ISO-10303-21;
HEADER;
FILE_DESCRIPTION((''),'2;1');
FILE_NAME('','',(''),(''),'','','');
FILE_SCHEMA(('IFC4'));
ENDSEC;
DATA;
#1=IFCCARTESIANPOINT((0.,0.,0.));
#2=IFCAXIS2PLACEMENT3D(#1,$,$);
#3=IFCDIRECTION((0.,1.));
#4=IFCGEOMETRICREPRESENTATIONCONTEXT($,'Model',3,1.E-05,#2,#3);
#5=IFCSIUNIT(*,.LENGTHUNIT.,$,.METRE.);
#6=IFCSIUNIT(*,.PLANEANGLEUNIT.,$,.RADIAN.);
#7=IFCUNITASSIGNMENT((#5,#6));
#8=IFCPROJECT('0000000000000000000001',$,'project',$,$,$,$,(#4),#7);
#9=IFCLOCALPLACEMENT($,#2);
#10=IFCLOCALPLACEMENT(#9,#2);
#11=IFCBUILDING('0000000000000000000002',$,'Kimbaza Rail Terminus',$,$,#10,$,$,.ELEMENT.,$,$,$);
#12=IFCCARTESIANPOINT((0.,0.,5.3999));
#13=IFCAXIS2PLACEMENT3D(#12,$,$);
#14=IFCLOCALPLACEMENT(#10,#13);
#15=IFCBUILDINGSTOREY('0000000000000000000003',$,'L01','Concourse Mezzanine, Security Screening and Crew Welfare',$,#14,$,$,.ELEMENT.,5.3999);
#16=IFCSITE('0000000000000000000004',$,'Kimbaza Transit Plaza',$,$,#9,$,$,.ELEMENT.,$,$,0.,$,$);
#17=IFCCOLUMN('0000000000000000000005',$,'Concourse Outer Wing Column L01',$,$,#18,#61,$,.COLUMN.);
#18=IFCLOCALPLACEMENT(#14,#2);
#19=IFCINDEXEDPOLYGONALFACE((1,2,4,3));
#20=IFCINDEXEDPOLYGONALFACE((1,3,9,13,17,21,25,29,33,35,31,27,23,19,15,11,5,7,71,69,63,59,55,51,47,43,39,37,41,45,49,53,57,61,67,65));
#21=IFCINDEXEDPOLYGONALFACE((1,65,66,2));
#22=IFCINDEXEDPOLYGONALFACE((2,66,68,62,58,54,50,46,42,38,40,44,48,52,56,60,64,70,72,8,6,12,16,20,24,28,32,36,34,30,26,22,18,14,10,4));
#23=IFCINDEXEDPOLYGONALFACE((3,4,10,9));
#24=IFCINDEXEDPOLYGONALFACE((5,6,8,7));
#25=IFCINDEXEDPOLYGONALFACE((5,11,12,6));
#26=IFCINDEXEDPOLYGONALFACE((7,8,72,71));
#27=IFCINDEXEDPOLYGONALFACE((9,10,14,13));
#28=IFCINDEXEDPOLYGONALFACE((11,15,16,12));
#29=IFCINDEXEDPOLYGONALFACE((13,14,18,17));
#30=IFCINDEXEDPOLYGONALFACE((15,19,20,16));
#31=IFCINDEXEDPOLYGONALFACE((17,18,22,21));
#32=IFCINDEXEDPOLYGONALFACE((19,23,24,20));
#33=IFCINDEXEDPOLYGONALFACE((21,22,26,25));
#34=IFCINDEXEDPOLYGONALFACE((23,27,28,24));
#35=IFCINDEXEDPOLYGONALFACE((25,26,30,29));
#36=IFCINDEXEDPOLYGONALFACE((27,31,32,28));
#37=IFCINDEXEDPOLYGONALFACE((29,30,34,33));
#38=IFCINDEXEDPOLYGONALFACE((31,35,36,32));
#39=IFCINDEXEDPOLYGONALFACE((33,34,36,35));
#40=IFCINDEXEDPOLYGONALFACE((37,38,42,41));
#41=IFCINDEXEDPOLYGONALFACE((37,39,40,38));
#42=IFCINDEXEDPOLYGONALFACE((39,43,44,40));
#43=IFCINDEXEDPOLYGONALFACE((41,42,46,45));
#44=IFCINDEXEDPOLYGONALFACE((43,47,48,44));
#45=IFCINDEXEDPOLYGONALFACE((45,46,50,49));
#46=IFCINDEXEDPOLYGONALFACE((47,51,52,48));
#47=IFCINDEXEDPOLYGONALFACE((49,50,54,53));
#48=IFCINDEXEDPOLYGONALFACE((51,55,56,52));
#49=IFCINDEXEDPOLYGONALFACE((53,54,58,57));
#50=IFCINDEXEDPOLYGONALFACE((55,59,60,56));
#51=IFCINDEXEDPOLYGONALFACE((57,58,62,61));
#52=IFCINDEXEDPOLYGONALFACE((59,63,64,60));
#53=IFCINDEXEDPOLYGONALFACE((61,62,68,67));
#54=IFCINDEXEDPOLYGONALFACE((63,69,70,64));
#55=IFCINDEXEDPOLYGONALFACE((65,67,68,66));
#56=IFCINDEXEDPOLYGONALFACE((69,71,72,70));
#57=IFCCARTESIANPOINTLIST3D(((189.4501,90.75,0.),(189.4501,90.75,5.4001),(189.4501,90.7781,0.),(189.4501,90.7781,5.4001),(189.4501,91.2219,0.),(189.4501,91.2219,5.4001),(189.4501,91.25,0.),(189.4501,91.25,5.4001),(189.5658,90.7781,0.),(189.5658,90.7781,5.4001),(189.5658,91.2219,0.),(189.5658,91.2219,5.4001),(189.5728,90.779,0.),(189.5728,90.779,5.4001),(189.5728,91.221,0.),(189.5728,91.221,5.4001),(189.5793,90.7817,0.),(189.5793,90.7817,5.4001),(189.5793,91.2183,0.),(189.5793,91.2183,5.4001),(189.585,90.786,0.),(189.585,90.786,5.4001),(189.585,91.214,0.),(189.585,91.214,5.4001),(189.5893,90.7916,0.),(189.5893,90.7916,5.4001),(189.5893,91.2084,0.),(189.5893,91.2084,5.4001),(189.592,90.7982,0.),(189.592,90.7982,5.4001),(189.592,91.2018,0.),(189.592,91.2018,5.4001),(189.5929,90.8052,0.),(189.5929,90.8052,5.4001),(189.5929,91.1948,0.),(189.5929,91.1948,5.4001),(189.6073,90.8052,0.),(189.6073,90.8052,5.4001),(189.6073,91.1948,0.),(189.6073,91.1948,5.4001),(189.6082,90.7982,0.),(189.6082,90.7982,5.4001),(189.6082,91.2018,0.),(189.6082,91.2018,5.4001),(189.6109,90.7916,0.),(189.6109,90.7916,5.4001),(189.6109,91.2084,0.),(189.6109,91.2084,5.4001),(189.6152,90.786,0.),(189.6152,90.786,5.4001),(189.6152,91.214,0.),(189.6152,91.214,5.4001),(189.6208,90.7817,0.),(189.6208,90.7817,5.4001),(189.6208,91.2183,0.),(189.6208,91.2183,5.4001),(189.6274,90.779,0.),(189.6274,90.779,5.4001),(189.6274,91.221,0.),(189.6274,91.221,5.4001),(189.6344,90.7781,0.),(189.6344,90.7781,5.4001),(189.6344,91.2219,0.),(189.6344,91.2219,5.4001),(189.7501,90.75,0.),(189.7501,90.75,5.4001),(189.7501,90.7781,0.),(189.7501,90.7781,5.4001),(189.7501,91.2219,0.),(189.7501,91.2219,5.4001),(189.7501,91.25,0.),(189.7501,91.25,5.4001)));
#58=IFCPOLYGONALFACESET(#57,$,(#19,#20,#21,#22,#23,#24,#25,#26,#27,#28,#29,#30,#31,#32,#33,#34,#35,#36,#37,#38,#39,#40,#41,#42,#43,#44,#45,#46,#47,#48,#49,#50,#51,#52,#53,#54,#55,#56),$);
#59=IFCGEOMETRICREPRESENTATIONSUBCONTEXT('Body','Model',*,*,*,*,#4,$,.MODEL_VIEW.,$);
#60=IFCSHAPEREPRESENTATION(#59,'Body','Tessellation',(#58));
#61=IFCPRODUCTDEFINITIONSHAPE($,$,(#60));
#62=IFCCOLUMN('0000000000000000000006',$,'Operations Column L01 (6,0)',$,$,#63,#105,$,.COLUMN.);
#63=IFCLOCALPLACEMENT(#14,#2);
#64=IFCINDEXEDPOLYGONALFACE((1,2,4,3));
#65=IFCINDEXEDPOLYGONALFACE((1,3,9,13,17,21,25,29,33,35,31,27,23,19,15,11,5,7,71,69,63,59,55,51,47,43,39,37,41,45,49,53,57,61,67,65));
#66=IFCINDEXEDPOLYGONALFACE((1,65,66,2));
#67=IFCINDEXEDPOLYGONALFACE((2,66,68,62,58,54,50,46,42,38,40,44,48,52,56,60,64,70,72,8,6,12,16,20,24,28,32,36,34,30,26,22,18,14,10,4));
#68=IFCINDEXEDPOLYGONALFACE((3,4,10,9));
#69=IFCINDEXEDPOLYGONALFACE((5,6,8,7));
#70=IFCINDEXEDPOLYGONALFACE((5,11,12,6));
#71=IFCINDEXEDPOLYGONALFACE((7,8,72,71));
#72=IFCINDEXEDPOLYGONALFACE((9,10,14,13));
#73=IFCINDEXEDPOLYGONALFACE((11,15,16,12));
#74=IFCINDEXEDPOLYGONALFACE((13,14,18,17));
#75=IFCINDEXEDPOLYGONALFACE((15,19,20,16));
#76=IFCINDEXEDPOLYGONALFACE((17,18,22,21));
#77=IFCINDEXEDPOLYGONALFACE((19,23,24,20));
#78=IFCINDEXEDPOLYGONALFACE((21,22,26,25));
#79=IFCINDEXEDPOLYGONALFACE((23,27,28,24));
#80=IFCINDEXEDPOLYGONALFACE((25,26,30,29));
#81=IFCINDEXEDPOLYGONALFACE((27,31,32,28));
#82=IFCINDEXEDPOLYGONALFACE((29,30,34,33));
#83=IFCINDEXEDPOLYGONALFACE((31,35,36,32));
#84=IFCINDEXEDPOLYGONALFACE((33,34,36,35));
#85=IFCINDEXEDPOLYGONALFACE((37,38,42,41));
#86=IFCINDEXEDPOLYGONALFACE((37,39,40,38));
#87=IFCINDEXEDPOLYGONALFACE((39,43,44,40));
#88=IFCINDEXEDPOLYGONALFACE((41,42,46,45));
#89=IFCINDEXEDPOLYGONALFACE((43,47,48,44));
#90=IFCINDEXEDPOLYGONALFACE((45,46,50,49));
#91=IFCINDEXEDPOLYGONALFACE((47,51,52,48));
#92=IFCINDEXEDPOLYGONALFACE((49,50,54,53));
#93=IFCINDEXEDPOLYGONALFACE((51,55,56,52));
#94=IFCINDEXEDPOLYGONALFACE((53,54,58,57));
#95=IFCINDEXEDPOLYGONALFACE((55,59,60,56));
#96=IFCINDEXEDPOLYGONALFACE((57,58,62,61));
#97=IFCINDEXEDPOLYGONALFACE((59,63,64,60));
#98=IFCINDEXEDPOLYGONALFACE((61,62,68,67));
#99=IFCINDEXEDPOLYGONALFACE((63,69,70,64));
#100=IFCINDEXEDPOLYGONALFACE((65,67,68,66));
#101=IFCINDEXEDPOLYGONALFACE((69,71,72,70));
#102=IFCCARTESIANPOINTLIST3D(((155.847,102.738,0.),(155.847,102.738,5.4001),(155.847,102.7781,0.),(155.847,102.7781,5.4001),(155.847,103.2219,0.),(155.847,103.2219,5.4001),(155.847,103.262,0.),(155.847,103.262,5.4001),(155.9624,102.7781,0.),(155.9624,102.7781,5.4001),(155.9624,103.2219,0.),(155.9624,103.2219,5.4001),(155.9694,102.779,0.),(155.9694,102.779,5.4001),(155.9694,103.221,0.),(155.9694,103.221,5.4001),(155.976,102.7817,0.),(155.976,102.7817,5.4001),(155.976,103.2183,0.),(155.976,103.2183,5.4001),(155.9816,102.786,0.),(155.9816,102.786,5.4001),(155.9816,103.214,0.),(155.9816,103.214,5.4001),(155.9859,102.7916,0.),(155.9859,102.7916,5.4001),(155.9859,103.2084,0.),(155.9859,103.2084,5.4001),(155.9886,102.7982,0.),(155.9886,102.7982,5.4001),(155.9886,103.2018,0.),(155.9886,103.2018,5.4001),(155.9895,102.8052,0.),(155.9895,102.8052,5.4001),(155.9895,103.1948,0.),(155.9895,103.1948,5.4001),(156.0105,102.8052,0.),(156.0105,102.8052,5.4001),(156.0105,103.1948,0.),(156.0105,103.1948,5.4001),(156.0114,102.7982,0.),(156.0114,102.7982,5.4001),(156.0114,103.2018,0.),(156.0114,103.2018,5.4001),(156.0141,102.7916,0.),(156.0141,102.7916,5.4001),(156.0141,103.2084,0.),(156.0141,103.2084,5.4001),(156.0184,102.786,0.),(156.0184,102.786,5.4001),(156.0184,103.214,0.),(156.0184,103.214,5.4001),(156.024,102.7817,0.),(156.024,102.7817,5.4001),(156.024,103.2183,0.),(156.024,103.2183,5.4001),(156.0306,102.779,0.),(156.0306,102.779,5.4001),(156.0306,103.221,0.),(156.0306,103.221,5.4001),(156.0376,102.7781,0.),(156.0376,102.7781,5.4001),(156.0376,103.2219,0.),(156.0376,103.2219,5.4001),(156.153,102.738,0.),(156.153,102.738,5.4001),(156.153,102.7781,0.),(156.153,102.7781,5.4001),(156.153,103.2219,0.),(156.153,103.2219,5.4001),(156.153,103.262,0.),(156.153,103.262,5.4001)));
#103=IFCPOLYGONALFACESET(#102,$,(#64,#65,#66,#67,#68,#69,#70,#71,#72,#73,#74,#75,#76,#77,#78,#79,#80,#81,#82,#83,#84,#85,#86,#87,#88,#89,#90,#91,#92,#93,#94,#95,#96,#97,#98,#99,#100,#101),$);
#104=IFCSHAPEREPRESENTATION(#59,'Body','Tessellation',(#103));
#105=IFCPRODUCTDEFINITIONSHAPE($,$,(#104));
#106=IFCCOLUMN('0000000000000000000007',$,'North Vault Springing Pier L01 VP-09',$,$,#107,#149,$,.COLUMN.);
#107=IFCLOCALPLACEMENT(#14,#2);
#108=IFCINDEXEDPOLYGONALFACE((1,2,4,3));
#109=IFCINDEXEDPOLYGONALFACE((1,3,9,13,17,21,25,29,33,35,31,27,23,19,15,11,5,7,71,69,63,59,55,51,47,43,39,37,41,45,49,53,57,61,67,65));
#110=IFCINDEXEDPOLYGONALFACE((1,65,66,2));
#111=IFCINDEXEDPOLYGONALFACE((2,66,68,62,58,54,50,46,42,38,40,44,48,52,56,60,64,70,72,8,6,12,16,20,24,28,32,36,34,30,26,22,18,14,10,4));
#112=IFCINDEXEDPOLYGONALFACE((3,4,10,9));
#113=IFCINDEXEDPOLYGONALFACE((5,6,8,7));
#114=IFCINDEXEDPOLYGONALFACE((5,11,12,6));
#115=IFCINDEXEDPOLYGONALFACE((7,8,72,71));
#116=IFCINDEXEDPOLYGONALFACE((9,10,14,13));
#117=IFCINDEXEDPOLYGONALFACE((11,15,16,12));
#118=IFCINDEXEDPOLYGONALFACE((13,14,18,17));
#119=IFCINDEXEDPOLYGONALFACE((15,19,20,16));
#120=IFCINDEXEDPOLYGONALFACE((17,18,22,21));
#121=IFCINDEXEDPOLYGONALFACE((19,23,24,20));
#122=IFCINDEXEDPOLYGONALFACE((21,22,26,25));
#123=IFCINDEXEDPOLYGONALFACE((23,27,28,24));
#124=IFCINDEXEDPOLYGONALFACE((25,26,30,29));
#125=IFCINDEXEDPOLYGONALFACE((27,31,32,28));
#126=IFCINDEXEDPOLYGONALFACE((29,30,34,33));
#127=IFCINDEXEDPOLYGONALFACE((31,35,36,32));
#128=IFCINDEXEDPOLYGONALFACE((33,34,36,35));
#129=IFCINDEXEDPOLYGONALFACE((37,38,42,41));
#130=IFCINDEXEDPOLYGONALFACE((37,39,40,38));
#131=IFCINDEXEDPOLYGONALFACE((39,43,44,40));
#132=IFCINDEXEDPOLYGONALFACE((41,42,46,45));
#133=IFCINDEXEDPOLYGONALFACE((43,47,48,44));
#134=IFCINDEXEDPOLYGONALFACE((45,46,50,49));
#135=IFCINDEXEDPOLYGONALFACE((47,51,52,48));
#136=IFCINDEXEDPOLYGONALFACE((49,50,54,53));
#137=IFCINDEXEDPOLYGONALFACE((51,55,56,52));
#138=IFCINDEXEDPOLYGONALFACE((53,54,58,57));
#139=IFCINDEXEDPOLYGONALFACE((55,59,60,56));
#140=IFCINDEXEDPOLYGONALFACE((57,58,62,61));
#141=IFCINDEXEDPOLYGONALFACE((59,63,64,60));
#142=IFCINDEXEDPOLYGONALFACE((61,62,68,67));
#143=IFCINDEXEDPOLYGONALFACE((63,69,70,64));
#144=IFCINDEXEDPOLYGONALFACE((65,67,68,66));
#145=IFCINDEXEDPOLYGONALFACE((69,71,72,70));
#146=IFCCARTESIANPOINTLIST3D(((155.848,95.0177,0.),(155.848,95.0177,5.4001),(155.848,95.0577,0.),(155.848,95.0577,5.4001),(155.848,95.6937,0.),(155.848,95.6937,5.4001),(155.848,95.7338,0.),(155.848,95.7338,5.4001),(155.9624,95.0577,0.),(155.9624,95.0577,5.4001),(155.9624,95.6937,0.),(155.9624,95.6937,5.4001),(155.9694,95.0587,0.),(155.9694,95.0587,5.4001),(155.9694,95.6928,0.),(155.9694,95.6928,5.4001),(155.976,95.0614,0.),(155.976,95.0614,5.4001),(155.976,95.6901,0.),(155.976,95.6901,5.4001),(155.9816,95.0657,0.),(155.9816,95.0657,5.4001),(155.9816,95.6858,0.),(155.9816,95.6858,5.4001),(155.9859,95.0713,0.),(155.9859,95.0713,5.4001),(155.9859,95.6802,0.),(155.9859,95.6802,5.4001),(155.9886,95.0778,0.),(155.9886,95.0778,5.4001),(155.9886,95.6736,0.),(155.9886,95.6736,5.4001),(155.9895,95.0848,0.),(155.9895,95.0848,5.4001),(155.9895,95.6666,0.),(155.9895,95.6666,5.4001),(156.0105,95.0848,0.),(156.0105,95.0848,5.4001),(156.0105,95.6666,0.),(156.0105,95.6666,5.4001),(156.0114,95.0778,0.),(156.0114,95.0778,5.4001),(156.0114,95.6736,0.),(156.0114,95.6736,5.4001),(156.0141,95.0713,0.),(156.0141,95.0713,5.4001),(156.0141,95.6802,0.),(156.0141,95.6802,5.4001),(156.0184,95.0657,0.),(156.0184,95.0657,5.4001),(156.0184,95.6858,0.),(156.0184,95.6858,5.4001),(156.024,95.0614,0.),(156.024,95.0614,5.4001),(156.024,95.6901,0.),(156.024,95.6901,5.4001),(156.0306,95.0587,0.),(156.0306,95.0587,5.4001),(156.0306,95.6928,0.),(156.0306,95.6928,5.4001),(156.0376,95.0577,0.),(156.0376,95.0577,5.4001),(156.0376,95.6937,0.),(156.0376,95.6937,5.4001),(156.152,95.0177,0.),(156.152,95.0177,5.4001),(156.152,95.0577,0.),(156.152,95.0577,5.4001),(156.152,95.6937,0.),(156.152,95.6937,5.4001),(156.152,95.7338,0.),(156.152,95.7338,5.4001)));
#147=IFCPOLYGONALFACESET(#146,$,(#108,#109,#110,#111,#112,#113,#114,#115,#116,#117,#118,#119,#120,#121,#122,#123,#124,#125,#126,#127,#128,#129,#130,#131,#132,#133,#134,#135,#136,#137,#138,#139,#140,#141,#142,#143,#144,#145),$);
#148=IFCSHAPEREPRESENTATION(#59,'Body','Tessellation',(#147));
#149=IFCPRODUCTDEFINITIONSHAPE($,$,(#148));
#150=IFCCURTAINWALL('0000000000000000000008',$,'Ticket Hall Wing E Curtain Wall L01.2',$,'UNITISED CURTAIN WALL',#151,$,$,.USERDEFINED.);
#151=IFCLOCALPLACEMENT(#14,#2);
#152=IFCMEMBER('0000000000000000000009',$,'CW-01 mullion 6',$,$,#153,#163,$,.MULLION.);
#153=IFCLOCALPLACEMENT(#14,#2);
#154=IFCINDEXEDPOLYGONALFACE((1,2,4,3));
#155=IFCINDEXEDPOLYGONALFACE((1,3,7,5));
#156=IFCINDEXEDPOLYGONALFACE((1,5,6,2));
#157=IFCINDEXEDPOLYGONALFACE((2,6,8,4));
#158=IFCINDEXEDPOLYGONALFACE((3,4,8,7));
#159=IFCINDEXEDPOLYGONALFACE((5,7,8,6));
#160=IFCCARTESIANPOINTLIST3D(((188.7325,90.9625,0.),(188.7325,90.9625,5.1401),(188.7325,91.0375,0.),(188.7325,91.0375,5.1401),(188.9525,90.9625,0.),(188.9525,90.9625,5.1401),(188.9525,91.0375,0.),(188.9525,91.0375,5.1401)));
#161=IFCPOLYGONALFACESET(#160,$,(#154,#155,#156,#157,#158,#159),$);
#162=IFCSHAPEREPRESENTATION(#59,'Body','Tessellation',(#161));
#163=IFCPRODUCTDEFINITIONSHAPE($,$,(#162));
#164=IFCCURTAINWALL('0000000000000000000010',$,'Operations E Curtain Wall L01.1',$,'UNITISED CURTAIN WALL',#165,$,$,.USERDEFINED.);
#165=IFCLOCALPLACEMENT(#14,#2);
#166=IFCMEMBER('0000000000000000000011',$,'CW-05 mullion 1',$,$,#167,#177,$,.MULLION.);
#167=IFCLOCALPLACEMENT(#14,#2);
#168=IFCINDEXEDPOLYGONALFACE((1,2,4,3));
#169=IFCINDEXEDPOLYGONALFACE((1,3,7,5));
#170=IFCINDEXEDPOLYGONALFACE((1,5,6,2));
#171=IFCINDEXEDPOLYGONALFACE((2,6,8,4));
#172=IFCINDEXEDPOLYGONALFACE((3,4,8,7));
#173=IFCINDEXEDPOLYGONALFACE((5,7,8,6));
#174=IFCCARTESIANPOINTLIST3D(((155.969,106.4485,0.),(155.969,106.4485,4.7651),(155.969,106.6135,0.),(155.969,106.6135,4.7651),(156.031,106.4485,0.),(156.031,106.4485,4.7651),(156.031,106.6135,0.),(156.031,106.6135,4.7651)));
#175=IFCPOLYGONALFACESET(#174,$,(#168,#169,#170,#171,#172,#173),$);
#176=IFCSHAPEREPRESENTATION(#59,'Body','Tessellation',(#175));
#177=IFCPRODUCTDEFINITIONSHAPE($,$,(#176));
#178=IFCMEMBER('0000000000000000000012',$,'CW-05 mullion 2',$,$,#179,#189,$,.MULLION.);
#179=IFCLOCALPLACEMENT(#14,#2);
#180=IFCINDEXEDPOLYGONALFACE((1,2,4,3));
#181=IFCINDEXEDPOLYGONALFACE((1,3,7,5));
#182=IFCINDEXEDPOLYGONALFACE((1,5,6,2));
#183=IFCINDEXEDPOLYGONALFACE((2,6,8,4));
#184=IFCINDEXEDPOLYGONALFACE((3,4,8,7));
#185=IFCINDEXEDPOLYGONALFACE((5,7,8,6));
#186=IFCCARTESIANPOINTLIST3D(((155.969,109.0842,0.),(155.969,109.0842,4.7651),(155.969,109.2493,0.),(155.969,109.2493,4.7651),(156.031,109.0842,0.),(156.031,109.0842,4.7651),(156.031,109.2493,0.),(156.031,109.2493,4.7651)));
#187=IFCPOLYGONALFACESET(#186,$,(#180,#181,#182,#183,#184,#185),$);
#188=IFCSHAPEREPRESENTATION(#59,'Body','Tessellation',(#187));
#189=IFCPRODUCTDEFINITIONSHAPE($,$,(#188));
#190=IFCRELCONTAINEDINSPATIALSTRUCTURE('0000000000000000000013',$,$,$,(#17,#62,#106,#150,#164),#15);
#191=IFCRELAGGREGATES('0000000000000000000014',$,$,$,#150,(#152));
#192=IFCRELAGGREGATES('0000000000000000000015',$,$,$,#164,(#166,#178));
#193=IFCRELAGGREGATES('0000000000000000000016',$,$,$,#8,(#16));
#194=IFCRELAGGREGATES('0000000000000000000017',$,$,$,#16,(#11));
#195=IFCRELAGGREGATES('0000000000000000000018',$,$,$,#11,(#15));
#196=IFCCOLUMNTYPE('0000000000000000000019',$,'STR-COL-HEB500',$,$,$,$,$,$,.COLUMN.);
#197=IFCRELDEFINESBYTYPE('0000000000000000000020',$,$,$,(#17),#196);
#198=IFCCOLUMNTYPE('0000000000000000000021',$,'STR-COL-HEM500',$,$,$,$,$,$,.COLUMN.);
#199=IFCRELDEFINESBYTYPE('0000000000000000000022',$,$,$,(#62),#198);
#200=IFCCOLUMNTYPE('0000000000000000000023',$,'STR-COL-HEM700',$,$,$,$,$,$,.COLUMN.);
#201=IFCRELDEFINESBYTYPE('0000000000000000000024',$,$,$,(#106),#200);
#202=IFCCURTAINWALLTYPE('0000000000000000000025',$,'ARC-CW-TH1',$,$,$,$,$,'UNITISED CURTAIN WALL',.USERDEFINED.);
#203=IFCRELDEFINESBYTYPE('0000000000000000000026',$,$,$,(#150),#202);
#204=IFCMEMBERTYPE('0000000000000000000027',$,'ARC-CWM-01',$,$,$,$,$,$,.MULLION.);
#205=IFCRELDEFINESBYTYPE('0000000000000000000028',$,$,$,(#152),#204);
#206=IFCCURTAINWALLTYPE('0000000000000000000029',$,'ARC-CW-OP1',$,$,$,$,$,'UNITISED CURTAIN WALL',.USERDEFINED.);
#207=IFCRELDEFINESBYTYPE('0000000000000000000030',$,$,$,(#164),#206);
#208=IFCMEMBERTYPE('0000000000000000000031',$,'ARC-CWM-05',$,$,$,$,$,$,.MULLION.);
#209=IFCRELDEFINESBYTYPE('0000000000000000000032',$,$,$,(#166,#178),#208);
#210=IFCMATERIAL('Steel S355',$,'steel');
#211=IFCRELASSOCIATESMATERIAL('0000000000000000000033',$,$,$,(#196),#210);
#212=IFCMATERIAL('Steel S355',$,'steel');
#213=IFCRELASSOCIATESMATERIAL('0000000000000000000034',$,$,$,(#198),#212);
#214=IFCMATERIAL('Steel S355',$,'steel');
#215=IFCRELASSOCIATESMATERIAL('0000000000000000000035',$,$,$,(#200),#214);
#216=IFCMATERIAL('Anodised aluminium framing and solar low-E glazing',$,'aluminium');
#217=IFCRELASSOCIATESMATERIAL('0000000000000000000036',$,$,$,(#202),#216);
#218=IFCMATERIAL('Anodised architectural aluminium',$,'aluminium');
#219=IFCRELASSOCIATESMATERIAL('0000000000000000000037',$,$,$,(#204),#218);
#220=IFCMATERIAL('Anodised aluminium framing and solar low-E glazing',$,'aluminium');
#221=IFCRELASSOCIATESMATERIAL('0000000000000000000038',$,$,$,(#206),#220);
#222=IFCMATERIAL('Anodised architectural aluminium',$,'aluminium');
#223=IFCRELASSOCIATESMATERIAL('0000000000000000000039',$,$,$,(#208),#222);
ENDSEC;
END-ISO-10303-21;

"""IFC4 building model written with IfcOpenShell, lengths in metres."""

from ifc_helpers import new_model, si_unit, direction, frame, origin, origin_2d, place, context, subcontext, project, spatial, rectangle, i_section, extrude, material, material_profile, profile_set, type_object, element, aggregate, save


model = new_model("IFC4")

# Units and contexts
model_context = context("Model", 3, precision=1e-05, world=origin(), true_north=direction((0.0, 1.0)))
body_context = subcontext(model_context, "Body", "Model", "MODEL_VIEW")
ifc_project = project(units=[si_unit("LENGTHUNIT", "METRE"), si_unit("PLANEANGLEUNIT", "RADIAN")], contexts=[model_context])

# Site, building, storey
site_placement = place(None, origin())
site = spatial("IfcSite", under=ifc_project, at=site_placement, Name="Kimbaza Transit Plaza", CompositionType="ELEMENT", RefElevation=0.0)
building_placement = place(site_placement, origin())
building = spatial("IfcBuilding", under=site, at=building_placement, Name="Kimbaza Rail Terminus", CompositionType="ELEMENT")
storey_placement = place(building_placement, frame((0.0, 0.0, 5.3999)))
storey = spatial("IfcBuildingStorey", under=building, at=storey_placement, Name="L01", Description="Concourse Mezzanine, Security Screening and Crew Welfare", CompositionType="ELEMENT", Elevation=5.3999)

# Columns
ifc_material_1 = material(Name="Steel S355", Category="steel")
ifc_material_profile_1 = material_profile(ifc_material_1, i_section(OverallWidth=0.3, OverallDepth=0.5, WebThickness=0.0144, FlangeThickness=0.0281, FilletRadius=0.0271, at=origin_2d()), Name="HEB 500")
ifc_profile_set_1 = profile_set([ifc_material_profile_1], Name="Steel S355")
column_type_1 = type_object("IfcColumnType", Name="STR-COL-HEB500", PredefinedType="COLUMN", material=ifc_profile_set_1)
column_1_placement = place(storey_placement, frame((189.6001, 91.0, 0.0), z_axis=(0.0, 0.0, 1.0), x_axis=(1.0, 0.0, 0.0)))
element("IfcColumn", 1, at=column_1_placement, inside=storey, type_object=column_type_1, Name="Concourse Outer Wing Column L01", PredefinedType="COLUMN", context=body_context, shape_type="SweptSolid", body=[
    extrude(i_section(OverallWidth=0.3, OverallDepth=0.5, WebThickness=0.0144, FlangeThickness=0.0281, FilletRadius=0.0271, at=origin_2d()), origin(), (0.0, 0.0, 1.0), 5.4001),
])
ifc_material_2 = material(Name="Steel S355", Category="steel")
ifc_material_profile_2 = material_profile(ifc_material_2, i_section(OverallWidth=0.3059, OverallDepth=0.5239, WebThickness=0.021, FlangeThickness=0.04, FilletRadius=0.0271, at=origin_2d()), Name="HEM 500")
ifc_profile_set_2 = profile_set([ifc_material_profile_2], Name="Steel S355")
column_type_2 = type_object("IfcColumnType", Name="STR-COL-HEM500", PredefinedType="COLUMN", material=ifc_profile_set_2)
column_2_placement = place(storey_placement, frame((156.0, 103.0, 0.0), z_axis=(0.0, 0.0, 1.0), x_axis=(1.0, 0.0, 0.0)))
element("IfcColumn", 2, at=column_2_placement, inside=storey, type_object=column_type_2, Name="Operations Column L01 (6,0)", PredefinedType="COLUMN", context=body_context, shape_type="SweptSolid", body=[
    extrude(i_section(OverallWidth=0.3059, OverallDepth=0.5239, WebThickness=0.021, FlangeThickness=0.04, FilletRadius=0.0271, at=origin_2d()), origin(), (0.0, 0.0, 1.0), 5.4001),
])
ifc_material_3 = material(Name="Steel S355", Category="steel")
ifc_material_profile_3 = material_profile(ifc_material_3, i_section(OverallWidth=0.304, OverallDepth=0.7161, WebThickness=0.021, FlangeThickness=0.04, FilletRadius=0.0271, at=origin_2d()), Name="HEM 700")
ifc_profile_set_3 = profile_set([ifc_material_profile_3], Name="Steel S355")
column_type_3 = type_object("IfcColumnType", Name="STR-COL-HEM700", PredefinedType="COLUMN", material=ifc_profile_set_3)
column_3_placement = place(storey_placement, frame((156.0, 95.3757, 0.0), z_axis=(0.0, 0.0, 1.0), x_axis=(1.0, 0.0, 0.0)))
element("IfcColumn", 3, at=column_3_placement, inside=storey, type_object=column_type_3, Name="North Vault Springing Pier L01 VP-09", PredefinedType="COLUMN", context=body_context, shape_type="SweptSolid", body=[
    extrude(i_section(OverallWidth=0.304, OverallDepth=0.7161, WebThickness=0.021, FlangeThickness=0.04, FilletRadius=0.0271, at=origin_2d()), origin(), (0.0, 0.0, 1.0), 5.4001),
])

# Curtain wall, member
ifc_material_4 = material(Name="Anodised aluminium framing and solar low-E glazing", Category="aluminium")
curtain_wall_type_1 = type_object("IfcCurtainWallType", Name="ARC-CW-TH1", ElementType="UNITISED CURTAIN WALL", PredefinedType="USERDEFINED", material=ifc_material_4)
curtain_wall_1_placement = place(storey_placement, origin())
curtain_wall_1 = element("IfcCurtainWall", 4, at=curtain_wall_1_placement, inside=storey, type_object=curtain_wall_type_1, Name="Ticket Hall Wing E Curtain Wall L01.2", ObjectType="UNITISED CURTAIN WALL", PredefinedType="USERDEFINED")
ifc_material_5 = material(Name="Anodised architectural aluminium", Category="aluminium")
ifc_material_profile_4 = material_profile(ifc_material_5, rectangle(XDim=0.075, YDim=0.22, at=origin_2d()), Name="MULLION 75x220")
ifc_profile_set_4 = profile_set([ifc_material_profile_4], Name="Anodised architectural aluminium")
member_type_1 = type_object("IfcMemberType", Name="ARC-CWM-01", PredefinedType="MULLION", material=ifc_profile_set_4)
member_1_placement = place(storey_placement, frame((188.8425, 91.0, 0.0), z_axis=(0.0, 0.0, 1.0), x_axis=(0.0, 1.0, 0.0)))
member_1 = element("IfcMember", 5, at=member_1_placement, type_object=member_type_1, Name="CW-01 mullion 6", PredefinedType="MULLION", context=body_context, shape_type="SweptSolid", body=[
    extrude(rectangle(XDim=0.075, YDim=0.22, at=origin_2d()), origin(), (0.0, 0.0, 1.0), 5.1401),
])

# Curtain wall, members
ifc_material_6 = material(Name="Anodised aluminium framing and solar low-E glazing", Category="aluminium")
curtain_wall_type_2 = type_object("IfcCurtainWallType", Name="ARC-CW-OP1", ElementType="UNITISED CURTAIN WALL", PredefinedType="USERDEFINED", material=ifc_material_6)
curtain_wall_2_placement = place(storey_placement, origin())
curtain_wall_2 = element("IfcCurtainWall", 6, at=curtain_wall_2_placement, inside=storey, type_object=curtain_wall_type_2, Name="Operations E Curtain Wall L01.1", ObjectType="UNITISED CURTAIN WALL", PredefinedType="USERDEFINED")
ifc_material_7 = material(Name="Anodised architectural aluminium", Category="aluminium")
ifc_material_profile_5 = material_profile(ifc_material_7, rectangle(XDim=0.062, YDim=0.165, at=origin_2d()), Name="MULLION 62x165")
ifc_profile_set_5 = profile_set([ifc_material_profile_5], Name="Anodised architectural aluminium")
member_type_2 = type_object("IfcMemberType", Name="ARC-CWM-05", PredefinedType="MULLION", material=ifc_profile_set_5)
member_2_placement = place(storey_placement, frame((156.0, 106.531, 0.0), z_axis=(0.0, 0.0, 1.0), x_axis=(-1.0, 0.0, 0.0)))
member_2 = element("IfcMember", 7, at=member_2_placement, type_object=member_type_2, Name="CW-05 mullion 1", PredefinedType="MULLION", context=body_context, shape_type="SweptSolid", body=[
    extrude(rectangle(XDim=0.062, YDim=0.165, at=origin_2d()), origin(), (0.0, 0.0, 1.0), 4.7651),
])
member_3_placement = place(storey_placement, frame((156.0, 109.1667, 0.0), z_axis=(0.0, 0.0, 1.0), x_axis=(-1.0, 0.0, 0.0)))
member_3 = element("IfcMember", 8, at=member_3_placement, type_object=member_type_2, Name="CW-05 mullion 2", PredefinedType="MULLION", context=body_context, shape_type="SweptSolid", body=[
    extrude(rectangle(XDim=0.062, YDim=0.165, at=origin_2d()), origin(), (0.0, 0.0, 1.0), 4.7651),
])

aggregate(curtain_wall_1, [member_1])
aggregate(curtain_wall_2, [member_2, member_3])

save(model, "model.ifc")
